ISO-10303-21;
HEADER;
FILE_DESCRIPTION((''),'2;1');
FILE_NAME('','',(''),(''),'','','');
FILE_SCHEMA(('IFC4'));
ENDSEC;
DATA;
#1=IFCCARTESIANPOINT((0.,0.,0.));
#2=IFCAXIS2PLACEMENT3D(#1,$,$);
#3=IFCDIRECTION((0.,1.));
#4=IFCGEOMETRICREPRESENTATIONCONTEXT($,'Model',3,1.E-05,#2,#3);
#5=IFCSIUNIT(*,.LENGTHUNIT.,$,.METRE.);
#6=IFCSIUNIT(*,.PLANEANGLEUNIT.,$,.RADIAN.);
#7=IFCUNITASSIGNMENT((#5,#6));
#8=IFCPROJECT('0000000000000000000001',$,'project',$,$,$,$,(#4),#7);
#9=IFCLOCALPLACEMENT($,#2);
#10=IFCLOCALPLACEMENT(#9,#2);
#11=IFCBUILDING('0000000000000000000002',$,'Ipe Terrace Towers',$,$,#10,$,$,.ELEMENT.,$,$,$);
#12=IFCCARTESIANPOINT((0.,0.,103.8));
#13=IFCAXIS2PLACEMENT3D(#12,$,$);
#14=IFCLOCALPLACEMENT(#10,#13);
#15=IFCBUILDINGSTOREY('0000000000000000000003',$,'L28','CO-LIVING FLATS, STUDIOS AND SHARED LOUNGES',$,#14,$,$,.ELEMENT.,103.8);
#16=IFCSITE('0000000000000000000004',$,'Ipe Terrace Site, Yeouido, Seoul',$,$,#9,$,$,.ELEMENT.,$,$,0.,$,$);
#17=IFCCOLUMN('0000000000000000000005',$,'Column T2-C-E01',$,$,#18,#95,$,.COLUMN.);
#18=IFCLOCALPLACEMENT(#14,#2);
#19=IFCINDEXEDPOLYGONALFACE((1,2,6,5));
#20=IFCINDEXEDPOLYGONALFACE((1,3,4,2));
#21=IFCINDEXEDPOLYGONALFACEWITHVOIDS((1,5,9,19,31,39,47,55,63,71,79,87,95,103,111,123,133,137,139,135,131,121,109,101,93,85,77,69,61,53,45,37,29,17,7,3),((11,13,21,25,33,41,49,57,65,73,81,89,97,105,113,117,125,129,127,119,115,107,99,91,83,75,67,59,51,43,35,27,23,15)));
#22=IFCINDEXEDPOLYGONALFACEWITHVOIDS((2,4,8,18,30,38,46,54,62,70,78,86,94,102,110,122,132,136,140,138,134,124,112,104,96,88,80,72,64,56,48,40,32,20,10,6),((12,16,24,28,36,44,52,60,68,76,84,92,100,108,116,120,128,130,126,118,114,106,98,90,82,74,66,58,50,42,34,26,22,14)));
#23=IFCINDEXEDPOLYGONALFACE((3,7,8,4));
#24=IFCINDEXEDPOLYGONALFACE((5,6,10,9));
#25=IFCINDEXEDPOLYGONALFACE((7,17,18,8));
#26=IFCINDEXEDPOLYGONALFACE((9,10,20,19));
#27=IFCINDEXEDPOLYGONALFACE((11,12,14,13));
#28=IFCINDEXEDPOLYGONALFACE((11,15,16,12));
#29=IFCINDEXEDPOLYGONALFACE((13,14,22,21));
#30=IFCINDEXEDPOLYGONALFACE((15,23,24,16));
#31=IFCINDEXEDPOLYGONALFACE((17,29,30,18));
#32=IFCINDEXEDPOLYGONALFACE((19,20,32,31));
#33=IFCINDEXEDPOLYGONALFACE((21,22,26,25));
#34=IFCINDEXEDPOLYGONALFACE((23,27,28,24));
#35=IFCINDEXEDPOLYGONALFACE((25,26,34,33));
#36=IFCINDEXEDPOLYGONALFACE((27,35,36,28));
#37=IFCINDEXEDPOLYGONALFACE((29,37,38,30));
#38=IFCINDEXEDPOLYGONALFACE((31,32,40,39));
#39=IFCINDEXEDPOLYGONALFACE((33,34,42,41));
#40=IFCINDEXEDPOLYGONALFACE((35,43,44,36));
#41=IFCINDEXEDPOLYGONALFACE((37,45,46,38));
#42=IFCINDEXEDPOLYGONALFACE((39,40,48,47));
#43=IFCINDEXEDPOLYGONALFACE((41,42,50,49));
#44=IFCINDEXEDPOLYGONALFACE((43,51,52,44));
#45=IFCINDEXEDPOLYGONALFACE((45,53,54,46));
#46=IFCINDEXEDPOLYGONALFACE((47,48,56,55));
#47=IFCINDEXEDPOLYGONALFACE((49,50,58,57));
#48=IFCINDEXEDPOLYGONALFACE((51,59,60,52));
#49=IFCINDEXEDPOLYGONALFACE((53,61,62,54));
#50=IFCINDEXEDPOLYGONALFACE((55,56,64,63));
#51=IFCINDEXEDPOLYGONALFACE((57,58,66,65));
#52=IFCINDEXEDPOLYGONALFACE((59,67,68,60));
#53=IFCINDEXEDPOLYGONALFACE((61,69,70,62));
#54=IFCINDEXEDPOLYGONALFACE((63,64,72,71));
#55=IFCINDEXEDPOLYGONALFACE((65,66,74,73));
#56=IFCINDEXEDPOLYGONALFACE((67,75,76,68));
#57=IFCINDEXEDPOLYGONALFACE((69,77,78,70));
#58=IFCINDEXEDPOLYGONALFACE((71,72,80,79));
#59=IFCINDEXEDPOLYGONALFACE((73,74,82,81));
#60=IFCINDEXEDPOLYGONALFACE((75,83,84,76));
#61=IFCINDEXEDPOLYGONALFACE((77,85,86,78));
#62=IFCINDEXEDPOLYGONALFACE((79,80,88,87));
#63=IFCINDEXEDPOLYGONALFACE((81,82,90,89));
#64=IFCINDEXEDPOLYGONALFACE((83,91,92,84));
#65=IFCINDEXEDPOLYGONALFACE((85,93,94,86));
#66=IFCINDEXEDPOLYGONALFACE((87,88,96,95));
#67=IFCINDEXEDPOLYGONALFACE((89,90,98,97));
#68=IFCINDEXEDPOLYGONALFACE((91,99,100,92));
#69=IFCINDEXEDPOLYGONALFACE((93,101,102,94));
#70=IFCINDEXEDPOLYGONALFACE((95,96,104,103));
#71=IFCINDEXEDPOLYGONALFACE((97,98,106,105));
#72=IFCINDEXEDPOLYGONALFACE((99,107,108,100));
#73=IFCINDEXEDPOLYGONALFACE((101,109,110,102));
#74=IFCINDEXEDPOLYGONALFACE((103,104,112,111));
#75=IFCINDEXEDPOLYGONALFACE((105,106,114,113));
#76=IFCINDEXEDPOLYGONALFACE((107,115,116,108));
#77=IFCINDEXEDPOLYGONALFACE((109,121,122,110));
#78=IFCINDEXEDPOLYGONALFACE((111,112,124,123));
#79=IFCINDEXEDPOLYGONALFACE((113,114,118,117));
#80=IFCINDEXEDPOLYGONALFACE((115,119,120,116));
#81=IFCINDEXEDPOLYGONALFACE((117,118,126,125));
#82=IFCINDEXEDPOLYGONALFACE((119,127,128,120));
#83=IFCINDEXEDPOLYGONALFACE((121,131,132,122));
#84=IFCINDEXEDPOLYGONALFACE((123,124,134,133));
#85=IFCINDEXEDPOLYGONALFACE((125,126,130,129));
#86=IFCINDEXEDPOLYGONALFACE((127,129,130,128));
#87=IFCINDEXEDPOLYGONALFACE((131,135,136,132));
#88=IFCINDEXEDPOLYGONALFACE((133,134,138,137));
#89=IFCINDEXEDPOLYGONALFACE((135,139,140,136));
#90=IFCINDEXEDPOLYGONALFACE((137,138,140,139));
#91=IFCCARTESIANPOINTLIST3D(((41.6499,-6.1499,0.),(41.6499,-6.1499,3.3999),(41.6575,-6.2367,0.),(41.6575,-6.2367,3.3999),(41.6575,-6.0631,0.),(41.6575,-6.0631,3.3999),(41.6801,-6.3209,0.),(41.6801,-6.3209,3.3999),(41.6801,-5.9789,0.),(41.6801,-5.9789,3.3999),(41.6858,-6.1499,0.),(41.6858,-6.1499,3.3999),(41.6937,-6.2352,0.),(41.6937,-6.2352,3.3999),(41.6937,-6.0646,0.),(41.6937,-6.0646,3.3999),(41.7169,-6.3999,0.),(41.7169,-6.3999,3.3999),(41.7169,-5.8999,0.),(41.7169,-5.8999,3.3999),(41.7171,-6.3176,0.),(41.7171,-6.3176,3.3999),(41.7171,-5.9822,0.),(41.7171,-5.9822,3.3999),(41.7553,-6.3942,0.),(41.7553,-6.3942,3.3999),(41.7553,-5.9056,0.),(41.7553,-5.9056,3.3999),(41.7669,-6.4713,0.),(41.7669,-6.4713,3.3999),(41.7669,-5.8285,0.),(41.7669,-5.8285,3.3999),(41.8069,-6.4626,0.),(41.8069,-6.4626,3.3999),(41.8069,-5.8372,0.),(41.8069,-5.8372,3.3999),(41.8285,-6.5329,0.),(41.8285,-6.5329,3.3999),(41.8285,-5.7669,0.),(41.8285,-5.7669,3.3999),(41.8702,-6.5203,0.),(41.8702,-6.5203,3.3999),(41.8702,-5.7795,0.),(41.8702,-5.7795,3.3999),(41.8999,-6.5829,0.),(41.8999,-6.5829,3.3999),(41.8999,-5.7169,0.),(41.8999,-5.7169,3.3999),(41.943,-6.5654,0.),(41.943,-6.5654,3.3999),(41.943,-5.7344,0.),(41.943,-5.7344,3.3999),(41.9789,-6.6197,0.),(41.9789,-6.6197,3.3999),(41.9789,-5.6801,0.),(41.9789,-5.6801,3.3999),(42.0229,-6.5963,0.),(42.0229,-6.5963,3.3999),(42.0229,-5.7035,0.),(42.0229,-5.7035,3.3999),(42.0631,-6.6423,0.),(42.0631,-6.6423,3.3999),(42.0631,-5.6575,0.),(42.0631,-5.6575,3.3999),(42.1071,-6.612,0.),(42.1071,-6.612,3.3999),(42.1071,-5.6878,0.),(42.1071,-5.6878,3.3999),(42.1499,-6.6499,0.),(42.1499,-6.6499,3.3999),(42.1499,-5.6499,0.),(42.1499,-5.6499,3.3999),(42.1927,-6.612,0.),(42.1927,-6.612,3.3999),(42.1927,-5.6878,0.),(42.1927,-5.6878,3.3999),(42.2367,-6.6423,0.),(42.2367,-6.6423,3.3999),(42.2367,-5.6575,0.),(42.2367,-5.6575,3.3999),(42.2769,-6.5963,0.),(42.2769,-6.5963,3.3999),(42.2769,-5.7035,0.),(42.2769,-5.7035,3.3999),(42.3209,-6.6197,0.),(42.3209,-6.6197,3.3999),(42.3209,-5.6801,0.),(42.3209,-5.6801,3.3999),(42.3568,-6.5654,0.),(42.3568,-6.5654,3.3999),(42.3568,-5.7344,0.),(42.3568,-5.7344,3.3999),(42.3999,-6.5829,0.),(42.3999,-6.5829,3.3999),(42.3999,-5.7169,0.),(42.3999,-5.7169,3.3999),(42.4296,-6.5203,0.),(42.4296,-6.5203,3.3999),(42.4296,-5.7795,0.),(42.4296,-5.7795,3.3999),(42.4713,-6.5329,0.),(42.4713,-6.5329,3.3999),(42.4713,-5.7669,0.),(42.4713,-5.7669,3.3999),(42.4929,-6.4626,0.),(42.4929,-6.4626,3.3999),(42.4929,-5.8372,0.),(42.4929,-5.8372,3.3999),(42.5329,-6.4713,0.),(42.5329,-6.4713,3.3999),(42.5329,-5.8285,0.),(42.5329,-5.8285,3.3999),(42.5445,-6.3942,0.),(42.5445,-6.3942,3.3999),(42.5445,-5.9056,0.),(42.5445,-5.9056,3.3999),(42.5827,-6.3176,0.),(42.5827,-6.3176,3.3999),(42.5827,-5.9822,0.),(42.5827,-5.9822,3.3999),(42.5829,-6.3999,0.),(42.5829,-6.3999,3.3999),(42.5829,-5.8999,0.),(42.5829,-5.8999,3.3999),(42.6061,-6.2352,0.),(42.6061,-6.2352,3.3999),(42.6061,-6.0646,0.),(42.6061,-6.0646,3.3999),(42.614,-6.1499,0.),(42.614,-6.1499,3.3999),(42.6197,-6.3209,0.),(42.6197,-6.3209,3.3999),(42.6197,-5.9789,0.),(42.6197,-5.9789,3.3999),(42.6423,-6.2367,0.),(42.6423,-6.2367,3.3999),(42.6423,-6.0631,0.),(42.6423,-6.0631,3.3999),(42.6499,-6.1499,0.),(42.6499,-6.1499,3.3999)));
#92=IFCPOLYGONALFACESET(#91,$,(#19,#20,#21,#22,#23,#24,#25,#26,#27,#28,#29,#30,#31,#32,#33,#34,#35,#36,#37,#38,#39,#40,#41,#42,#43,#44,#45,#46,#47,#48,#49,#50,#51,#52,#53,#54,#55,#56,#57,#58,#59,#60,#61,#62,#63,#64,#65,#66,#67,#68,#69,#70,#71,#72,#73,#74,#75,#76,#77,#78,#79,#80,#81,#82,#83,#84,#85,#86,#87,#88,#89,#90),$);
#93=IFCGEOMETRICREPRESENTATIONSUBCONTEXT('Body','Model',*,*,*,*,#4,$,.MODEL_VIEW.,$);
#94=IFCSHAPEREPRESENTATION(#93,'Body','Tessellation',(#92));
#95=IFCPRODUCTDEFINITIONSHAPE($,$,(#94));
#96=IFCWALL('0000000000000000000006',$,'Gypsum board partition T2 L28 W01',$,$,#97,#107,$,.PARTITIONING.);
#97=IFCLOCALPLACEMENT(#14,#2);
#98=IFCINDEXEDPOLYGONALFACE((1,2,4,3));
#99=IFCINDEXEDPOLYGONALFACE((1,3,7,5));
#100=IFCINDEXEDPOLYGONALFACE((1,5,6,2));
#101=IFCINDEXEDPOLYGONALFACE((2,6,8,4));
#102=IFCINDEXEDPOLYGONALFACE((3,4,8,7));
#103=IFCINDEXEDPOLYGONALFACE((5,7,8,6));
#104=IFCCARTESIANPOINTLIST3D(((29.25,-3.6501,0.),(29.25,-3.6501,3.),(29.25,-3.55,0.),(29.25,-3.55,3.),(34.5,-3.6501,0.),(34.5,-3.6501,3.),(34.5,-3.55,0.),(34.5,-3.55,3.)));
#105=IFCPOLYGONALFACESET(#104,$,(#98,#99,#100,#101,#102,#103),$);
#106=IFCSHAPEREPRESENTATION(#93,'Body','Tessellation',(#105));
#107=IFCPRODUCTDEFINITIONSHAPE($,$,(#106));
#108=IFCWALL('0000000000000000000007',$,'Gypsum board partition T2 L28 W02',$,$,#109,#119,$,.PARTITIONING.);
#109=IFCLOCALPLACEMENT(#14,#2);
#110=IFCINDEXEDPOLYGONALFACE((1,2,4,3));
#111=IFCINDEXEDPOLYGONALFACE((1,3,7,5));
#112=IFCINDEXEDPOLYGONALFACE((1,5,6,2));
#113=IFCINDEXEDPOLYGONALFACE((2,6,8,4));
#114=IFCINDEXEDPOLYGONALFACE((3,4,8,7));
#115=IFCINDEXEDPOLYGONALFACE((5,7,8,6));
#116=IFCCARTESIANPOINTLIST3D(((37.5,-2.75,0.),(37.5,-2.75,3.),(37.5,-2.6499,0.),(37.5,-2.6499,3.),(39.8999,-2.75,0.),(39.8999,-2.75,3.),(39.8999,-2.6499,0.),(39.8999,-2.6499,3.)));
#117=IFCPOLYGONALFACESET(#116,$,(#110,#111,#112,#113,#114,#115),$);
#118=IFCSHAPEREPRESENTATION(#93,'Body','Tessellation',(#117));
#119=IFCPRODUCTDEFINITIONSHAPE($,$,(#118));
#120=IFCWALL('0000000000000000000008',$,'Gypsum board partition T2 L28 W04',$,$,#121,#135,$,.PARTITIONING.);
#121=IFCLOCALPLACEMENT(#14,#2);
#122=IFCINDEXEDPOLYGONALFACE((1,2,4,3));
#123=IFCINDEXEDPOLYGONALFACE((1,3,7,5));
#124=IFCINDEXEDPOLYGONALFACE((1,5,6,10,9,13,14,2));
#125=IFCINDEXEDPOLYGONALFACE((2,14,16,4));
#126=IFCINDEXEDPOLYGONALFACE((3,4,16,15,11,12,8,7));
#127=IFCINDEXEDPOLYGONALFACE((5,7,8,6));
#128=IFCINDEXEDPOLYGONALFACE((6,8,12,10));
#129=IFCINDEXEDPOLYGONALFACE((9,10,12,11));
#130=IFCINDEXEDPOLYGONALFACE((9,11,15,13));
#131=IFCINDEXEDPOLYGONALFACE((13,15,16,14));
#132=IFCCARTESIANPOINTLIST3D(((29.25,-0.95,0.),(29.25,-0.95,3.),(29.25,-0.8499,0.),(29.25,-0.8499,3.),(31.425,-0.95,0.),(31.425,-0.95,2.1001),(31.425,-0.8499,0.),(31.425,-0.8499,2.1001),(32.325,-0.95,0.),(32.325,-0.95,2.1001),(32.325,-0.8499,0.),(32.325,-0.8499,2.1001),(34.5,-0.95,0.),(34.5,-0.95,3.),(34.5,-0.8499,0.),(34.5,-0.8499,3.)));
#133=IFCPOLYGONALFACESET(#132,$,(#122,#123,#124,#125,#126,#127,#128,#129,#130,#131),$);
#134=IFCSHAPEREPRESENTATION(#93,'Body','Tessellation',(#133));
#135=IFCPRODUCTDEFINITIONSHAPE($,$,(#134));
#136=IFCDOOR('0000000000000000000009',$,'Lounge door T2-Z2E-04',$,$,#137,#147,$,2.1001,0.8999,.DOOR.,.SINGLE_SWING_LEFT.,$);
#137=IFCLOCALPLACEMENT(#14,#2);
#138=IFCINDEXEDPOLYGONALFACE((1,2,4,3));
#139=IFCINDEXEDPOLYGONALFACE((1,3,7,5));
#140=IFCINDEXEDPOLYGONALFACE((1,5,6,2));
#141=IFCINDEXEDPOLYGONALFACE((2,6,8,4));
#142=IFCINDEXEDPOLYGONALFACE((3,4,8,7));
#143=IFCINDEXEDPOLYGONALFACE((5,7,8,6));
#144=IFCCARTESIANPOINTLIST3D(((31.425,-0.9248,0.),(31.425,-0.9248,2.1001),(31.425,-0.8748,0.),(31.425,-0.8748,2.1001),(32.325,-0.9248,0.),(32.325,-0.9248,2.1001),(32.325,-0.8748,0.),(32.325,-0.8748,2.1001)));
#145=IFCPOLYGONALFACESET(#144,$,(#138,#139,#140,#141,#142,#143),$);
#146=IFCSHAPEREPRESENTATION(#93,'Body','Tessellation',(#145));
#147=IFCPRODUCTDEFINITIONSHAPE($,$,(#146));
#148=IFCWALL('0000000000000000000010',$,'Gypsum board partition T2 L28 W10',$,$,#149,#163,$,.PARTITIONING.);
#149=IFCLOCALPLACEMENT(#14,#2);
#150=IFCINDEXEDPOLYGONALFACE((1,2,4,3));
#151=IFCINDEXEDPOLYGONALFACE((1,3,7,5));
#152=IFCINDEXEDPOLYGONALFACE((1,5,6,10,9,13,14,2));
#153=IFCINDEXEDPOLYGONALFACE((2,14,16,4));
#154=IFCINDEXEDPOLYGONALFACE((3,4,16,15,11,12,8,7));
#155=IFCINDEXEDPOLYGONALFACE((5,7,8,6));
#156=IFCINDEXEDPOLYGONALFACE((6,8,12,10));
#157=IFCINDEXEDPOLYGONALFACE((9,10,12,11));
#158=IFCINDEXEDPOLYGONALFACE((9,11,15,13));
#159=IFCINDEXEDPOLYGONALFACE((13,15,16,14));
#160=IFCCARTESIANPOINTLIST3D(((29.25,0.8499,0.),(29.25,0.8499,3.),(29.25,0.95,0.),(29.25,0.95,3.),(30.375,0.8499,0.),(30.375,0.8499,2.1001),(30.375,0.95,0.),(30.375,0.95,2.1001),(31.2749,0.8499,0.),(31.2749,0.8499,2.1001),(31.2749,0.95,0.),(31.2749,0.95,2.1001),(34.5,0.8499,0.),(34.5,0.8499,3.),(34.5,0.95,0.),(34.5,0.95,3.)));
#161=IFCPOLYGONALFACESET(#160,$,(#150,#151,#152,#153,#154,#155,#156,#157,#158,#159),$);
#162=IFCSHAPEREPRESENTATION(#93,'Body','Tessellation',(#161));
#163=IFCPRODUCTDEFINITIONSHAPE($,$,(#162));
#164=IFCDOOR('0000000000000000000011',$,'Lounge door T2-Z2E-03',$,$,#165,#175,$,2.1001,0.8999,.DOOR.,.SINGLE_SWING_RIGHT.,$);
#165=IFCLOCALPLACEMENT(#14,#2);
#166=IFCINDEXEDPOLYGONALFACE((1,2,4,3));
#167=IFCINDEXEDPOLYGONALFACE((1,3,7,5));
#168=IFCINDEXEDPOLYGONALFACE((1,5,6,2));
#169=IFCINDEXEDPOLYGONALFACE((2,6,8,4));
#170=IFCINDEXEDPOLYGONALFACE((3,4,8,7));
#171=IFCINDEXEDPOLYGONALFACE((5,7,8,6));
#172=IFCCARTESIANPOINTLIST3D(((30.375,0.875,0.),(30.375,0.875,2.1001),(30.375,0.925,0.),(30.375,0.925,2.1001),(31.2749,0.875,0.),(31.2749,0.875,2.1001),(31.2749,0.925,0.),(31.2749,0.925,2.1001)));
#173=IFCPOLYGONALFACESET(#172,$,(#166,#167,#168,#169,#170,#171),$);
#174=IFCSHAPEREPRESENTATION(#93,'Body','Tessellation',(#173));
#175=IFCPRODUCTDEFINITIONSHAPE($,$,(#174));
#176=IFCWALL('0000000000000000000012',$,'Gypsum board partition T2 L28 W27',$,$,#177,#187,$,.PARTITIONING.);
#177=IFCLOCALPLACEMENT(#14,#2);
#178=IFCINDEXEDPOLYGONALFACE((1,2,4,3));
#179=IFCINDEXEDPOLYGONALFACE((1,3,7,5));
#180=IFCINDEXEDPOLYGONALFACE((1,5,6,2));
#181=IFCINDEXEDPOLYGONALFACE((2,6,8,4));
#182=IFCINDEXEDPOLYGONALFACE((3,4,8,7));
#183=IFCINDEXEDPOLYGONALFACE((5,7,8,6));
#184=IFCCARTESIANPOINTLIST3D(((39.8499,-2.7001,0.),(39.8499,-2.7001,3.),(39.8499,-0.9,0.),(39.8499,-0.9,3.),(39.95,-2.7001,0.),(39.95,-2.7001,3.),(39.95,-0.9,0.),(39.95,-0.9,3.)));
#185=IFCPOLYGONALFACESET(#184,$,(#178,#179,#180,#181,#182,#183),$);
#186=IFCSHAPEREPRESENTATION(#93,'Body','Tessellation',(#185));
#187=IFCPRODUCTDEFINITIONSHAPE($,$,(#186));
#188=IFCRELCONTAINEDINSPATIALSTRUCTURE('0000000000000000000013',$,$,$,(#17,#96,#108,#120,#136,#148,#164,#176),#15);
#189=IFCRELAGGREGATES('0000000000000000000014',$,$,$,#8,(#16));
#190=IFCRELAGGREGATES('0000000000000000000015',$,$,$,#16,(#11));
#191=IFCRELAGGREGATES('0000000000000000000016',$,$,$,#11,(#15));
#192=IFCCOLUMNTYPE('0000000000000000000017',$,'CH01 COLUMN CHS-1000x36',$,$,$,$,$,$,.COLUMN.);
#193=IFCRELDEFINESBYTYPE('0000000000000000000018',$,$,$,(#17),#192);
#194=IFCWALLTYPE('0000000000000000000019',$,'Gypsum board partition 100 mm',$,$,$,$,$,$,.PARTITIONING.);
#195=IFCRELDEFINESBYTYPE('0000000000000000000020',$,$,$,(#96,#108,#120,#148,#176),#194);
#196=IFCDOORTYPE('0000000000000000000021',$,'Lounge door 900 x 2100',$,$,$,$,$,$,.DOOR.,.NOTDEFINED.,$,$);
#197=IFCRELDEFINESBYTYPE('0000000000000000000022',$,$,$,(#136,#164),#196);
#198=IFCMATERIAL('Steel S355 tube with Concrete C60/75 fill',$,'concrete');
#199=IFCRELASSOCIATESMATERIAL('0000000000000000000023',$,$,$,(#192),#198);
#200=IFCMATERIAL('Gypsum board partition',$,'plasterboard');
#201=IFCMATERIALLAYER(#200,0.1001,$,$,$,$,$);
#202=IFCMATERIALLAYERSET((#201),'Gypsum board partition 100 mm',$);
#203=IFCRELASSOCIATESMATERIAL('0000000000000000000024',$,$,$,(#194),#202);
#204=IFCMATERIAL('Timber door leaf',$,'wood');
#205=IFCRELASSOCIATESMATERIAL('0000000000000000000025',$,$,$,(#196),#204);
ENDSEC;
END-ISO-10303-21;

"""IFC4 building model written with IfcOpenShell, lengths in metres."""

from ifc_helpers import new_model, si_unit, direction, frame, frame_2d, origin, origin_2d, place, context, subcontext, project, spatial, rectangle, hollow_circle, extrude, material, layer, layer_set, material_profile, profile_set, type_object, element, fill, save


model = new_model("IFC4")

# Units and contexts
model_context = context("Model", 3, precision=1e-05, world=origin(), true_north=direction((0.0, 1.0)))
body_context = subcontext(model_context, "Body", "Model", "MODEL_VIEW")
ifc_project = project(units=[si_unit("LENGTHUNIT", "METRE"), si_unit("PLANEANGLEUNIT", "RADIAN")], contexts=[model_context])

# Site, building, storey
site_placement = place(None, origin())
site = spatial("IfcSite", under=ifc_project, at=site_placement, Name="Ipe Terrace Site, Yeouido, Seoul", CompositionType="ELEMENT", RefElevation=0.0)
building_placement = place(site_placement, origin())
building = spatial("IfcBuilding", under=site, at=building_placement, Name="Ipe Terrace Towers", CompositionType="ELEMENT")
storey_placement = place(building_placement, frame((0.0, 0.0, 103.8)))
storey = spatial("IfcBuildingStorey", under=building, at=storey_placement, Name="L28", Description="CO-LIVING FLATS, STUDIOS AND SHARED LOUNGES", CompositionType="ELEMENT", Elevation=103.8)

# Column
ifc_material_1 = material(Name="Steel S355 tube with Concrete C60/75 fill", Category="concrete")
ifc_material_profile = material_profile(ifc_material_1, hollow_circle(Radius=0.5, WallThickness=0.0359, at=origin_2d()), Name="CHS-1000x36")
ifc_profile_set = profile_set([ifc_material_profile], Name="Steel S355 tube with Concrete C60/75 fill")
column_type = type_object("IfcColumnType", Name="CH01 COLUMN CHS-1000x36", PredefinedType="COLUMN", material=ifc_profile_set)
column_placement = place(storey_placement, frame((42.1499, -6.1499, 0.0), z_axis=(0.0, 0.0, 1.0), x_axis=(1.0, 0.0, 0.0)))
element("IfcColumn", 1, at=column_placement, inside=storey, type_object=column_type, Name="Column T2-C-E01", PredefinedType="COLUMN", context=body_context, shape_type="SweptSolid", body=[
    extrude(hollow_circle(Radius=0.5, WallThickness=0.0359, at=origin_2d()), origin(), (0.0, 0.0, 1.0), 3.3999),
])

# Walls
ifc_material_2 = material(Name="Gypsum board partition", Category="plasterboard")
ifc_layer_1 = layer(ifc_material_2, 0.1001)
ifc_layer_set_1 = layer_set([ifc_layer_1], Name="Gypsum board partition 100 mm")
wall_type_1 = type_object("IfcWallType", Name="Gypsum board partition 100 mm", PredefinedType="PARTITIONING", material=ifc_layer_set_1)
wall_1_placement = place(storey_placement, frame((34.5, -3.6001, 0.0), z_axis=(0.0, 0.0, 1.0), x_axis=(-1.0, 0.0, 0.0)))
element("IfcWall", 2, at=wall_1_placement, inside=storey, type_object=wall_type_1, Name="Gypsum board partition T2 L28 W01", PredefinedType="PARTITIONING", context=body_context, shape_type="SweptSolid", body=[
    extrude(rectangle(XDim=5.25, YDim=0.1001, at=frame_2d((2.625, 0.0))), origin(), (0.0, 0.0, 1.0), 3.0),
])
wall_2_placement = place(storey_placement, frame((39.8999, -2.7, 0.0), z_axis=(0.0, 0.0, 1.0), x_axis=(-1.0, 0.0, 0.0)))
element("IfcWall", 3, at=wall_2_placement, inside=storey, type_object=wall_type_1, Name="Gypsum board partition T2 L28 W02", PredefinedType="PARTITIONING", context=body_context, shape_type="SweptSolid", body=[
    extrude(rectangle(XDim=2.3999, YDim=0.1001, at=frame_2d((1.2, 0.0))), origin(), (0.0, 0.0, 1.0), 3.0),
])

# Walls, openings, doors
wall_3_placement = place(storey_placement, frame((34.5, -0.8999, 0.0), z_axis=(0.0, 0.0, 1.0), x_axis=(-1.0, 0.0, 0.0)))
wall_3 = element("IfcWall", 4, at=wall_3_placement, inside=storey, type_object=wall_type_1, Name="Gypsum board partition T2 L28 W04", PredefinedType="PARTITIONING", context=body_context, shape_type="SweptSolid", body=[
    extrude(rectangle(XDim=5.25, YDim=0.1001, at=frame_2d((2.625, 0.0))), origin(), (0.0, 0.0, 1.0), 3.0),
])
opening_1_placement = place(wall_3_placement, frame((2.175, 0.0, 0.0)))
opening_1 = element("IfcOpeningElement", 5, at=opening_1_placement, cuts=wall_3, PredefinedType="OPENING", context=body_context, shape_type="SweptSolid", body=[
    extrude(rectangle(XDim=0.8999, YDim=2.1001, at=frame_2d((0.45, 1.05))), frame((0.0, 0.0601, 0.0), z_axis=(0.0, -1.0, 0.0), x_axis=(1.0, 0.0, 0.0)), (0.0, 0.0, 1.0), 0.1201),
])
ifc_material_3 = material(Name="Timber door leaf", Category="wood")
door_type = type_object("IfcDoorType", Name="Lounge door 900 x 2100", OperationType="NOTDEFINED", PredefinedType="DOOR", material=ifc_material_3)
door_1_placement = place(opening_1_placement, origin())
door_1 = element("IfcDoor", 6, at=door_1_placement, inside=storey, type_object=door_type, Name="Lounge door T2-Z2E-04", OperationType="SINGLE_SWING_LEFT", OverallHeight=2.1001, OverallWidth=0.8999, PredefinedType="DOOR", context=body_context, shape_type="SweptSolid", body=[
    extrude(rectangle(XDim=0.8999, YDim=2.1001, at=frame_2d((0.45, 1.05))), frame((0.0, 0.0249, 0.0), z_axis=(0.0, -1.0, 0.0), x_axis=(1.0, 0.0, 0.0)), (0.0, 0.0, 1.0), 0.05),
])
fill(opening_1, door_1)
wall_4_placement = place(storey_placement, frame((34.5, 0.8999, 0.0), z_axis=(0.0, 0.0, 1.0), x_axis=(-1.0, 0.0, 0.0)))
wall_4 = element("IfcWall", 7, at=wall_4_placement, inside=storey, type_object=wall_type_1, Name="Gypsum board partition T2 L28 W10", PredefinedType="PARTITIONING", context=body_context, shape_type="SweptSolid", body=[
    extrude(rectangle(XDim=5.25, YDim=0.1001, at=frame_2d((2.625, 0.0))), origin(), (0.0, 0.0, 1.0), 3.0),
])
opening_2_placement = place(wall_4_placement, frame((3.2251, 0.0, 0.0)))
opening_2 = element("IfcOpeningElement", 8, at=opening_2_placement, cuts=wall_4, PredefinedType="OPENING", context=body_context, shape_type="SweptSolid", body=[
    extrude(rectangle(XDim=0.8999, YDim=2.1001, at=frame_2d((0.45, 1.05))), frame((0.0, 0.0601, 0.0), z_axis=(0.0, -1.0, 0.0), x_axis=(1.0, 0.0, 0.0)), (0.0, 0.0, 1.0), 0.1201),
])
door_2_placement = place(opening_2_placement, origin())
door_2 = element("IfcDoor", 9, at=door_2_placement, inside=storey, type_object=door_type, Name="Lounge door T2-Z2E-03", OperationType="SINGLE_SWING_RIGHT", OverallHeight=2.1001, OverallWidth=0.8999, PredefinedType="DOOR", context=body_context, shape_type="SweptSolid", body=[
    extrude(rectangle(XDim=0.8999, YDim=2.1001, at=frame_2d((0.45, 1.05))), frame((0.0, 0.0249, 0.0), z_axis=(0.0, -1.0, 0.0), x_axis=(1.0, 0.0, 0.0)), (0.0, 0.0, 1.0), 0.05),
])
fill(opening_2, door_2)

# Wall
wall_5_placement = place(storey_placement, frame((39.8999, -2.7, 0.0), z_axis=(0.0, 0.0, 1.0), x_axis=(0.0, 1.0, 0.0)))
element("IfcWall", 10, at=wall_5_placement, inside=storey, type_object=wall_type_1, Name="Gypsum board partition T2 L28 W27", PredefinedType="PARTITIONING", context=body_context, shape_type="SweptSolid", body=[
    extrude(rectangle(XDim=1.8, YDim=0.1001, at=frame_2d((0.8999, 0.0))), origin(), (0.0, 0.0, 1.0), 3.0),
])

save(model, "model.ifc")
